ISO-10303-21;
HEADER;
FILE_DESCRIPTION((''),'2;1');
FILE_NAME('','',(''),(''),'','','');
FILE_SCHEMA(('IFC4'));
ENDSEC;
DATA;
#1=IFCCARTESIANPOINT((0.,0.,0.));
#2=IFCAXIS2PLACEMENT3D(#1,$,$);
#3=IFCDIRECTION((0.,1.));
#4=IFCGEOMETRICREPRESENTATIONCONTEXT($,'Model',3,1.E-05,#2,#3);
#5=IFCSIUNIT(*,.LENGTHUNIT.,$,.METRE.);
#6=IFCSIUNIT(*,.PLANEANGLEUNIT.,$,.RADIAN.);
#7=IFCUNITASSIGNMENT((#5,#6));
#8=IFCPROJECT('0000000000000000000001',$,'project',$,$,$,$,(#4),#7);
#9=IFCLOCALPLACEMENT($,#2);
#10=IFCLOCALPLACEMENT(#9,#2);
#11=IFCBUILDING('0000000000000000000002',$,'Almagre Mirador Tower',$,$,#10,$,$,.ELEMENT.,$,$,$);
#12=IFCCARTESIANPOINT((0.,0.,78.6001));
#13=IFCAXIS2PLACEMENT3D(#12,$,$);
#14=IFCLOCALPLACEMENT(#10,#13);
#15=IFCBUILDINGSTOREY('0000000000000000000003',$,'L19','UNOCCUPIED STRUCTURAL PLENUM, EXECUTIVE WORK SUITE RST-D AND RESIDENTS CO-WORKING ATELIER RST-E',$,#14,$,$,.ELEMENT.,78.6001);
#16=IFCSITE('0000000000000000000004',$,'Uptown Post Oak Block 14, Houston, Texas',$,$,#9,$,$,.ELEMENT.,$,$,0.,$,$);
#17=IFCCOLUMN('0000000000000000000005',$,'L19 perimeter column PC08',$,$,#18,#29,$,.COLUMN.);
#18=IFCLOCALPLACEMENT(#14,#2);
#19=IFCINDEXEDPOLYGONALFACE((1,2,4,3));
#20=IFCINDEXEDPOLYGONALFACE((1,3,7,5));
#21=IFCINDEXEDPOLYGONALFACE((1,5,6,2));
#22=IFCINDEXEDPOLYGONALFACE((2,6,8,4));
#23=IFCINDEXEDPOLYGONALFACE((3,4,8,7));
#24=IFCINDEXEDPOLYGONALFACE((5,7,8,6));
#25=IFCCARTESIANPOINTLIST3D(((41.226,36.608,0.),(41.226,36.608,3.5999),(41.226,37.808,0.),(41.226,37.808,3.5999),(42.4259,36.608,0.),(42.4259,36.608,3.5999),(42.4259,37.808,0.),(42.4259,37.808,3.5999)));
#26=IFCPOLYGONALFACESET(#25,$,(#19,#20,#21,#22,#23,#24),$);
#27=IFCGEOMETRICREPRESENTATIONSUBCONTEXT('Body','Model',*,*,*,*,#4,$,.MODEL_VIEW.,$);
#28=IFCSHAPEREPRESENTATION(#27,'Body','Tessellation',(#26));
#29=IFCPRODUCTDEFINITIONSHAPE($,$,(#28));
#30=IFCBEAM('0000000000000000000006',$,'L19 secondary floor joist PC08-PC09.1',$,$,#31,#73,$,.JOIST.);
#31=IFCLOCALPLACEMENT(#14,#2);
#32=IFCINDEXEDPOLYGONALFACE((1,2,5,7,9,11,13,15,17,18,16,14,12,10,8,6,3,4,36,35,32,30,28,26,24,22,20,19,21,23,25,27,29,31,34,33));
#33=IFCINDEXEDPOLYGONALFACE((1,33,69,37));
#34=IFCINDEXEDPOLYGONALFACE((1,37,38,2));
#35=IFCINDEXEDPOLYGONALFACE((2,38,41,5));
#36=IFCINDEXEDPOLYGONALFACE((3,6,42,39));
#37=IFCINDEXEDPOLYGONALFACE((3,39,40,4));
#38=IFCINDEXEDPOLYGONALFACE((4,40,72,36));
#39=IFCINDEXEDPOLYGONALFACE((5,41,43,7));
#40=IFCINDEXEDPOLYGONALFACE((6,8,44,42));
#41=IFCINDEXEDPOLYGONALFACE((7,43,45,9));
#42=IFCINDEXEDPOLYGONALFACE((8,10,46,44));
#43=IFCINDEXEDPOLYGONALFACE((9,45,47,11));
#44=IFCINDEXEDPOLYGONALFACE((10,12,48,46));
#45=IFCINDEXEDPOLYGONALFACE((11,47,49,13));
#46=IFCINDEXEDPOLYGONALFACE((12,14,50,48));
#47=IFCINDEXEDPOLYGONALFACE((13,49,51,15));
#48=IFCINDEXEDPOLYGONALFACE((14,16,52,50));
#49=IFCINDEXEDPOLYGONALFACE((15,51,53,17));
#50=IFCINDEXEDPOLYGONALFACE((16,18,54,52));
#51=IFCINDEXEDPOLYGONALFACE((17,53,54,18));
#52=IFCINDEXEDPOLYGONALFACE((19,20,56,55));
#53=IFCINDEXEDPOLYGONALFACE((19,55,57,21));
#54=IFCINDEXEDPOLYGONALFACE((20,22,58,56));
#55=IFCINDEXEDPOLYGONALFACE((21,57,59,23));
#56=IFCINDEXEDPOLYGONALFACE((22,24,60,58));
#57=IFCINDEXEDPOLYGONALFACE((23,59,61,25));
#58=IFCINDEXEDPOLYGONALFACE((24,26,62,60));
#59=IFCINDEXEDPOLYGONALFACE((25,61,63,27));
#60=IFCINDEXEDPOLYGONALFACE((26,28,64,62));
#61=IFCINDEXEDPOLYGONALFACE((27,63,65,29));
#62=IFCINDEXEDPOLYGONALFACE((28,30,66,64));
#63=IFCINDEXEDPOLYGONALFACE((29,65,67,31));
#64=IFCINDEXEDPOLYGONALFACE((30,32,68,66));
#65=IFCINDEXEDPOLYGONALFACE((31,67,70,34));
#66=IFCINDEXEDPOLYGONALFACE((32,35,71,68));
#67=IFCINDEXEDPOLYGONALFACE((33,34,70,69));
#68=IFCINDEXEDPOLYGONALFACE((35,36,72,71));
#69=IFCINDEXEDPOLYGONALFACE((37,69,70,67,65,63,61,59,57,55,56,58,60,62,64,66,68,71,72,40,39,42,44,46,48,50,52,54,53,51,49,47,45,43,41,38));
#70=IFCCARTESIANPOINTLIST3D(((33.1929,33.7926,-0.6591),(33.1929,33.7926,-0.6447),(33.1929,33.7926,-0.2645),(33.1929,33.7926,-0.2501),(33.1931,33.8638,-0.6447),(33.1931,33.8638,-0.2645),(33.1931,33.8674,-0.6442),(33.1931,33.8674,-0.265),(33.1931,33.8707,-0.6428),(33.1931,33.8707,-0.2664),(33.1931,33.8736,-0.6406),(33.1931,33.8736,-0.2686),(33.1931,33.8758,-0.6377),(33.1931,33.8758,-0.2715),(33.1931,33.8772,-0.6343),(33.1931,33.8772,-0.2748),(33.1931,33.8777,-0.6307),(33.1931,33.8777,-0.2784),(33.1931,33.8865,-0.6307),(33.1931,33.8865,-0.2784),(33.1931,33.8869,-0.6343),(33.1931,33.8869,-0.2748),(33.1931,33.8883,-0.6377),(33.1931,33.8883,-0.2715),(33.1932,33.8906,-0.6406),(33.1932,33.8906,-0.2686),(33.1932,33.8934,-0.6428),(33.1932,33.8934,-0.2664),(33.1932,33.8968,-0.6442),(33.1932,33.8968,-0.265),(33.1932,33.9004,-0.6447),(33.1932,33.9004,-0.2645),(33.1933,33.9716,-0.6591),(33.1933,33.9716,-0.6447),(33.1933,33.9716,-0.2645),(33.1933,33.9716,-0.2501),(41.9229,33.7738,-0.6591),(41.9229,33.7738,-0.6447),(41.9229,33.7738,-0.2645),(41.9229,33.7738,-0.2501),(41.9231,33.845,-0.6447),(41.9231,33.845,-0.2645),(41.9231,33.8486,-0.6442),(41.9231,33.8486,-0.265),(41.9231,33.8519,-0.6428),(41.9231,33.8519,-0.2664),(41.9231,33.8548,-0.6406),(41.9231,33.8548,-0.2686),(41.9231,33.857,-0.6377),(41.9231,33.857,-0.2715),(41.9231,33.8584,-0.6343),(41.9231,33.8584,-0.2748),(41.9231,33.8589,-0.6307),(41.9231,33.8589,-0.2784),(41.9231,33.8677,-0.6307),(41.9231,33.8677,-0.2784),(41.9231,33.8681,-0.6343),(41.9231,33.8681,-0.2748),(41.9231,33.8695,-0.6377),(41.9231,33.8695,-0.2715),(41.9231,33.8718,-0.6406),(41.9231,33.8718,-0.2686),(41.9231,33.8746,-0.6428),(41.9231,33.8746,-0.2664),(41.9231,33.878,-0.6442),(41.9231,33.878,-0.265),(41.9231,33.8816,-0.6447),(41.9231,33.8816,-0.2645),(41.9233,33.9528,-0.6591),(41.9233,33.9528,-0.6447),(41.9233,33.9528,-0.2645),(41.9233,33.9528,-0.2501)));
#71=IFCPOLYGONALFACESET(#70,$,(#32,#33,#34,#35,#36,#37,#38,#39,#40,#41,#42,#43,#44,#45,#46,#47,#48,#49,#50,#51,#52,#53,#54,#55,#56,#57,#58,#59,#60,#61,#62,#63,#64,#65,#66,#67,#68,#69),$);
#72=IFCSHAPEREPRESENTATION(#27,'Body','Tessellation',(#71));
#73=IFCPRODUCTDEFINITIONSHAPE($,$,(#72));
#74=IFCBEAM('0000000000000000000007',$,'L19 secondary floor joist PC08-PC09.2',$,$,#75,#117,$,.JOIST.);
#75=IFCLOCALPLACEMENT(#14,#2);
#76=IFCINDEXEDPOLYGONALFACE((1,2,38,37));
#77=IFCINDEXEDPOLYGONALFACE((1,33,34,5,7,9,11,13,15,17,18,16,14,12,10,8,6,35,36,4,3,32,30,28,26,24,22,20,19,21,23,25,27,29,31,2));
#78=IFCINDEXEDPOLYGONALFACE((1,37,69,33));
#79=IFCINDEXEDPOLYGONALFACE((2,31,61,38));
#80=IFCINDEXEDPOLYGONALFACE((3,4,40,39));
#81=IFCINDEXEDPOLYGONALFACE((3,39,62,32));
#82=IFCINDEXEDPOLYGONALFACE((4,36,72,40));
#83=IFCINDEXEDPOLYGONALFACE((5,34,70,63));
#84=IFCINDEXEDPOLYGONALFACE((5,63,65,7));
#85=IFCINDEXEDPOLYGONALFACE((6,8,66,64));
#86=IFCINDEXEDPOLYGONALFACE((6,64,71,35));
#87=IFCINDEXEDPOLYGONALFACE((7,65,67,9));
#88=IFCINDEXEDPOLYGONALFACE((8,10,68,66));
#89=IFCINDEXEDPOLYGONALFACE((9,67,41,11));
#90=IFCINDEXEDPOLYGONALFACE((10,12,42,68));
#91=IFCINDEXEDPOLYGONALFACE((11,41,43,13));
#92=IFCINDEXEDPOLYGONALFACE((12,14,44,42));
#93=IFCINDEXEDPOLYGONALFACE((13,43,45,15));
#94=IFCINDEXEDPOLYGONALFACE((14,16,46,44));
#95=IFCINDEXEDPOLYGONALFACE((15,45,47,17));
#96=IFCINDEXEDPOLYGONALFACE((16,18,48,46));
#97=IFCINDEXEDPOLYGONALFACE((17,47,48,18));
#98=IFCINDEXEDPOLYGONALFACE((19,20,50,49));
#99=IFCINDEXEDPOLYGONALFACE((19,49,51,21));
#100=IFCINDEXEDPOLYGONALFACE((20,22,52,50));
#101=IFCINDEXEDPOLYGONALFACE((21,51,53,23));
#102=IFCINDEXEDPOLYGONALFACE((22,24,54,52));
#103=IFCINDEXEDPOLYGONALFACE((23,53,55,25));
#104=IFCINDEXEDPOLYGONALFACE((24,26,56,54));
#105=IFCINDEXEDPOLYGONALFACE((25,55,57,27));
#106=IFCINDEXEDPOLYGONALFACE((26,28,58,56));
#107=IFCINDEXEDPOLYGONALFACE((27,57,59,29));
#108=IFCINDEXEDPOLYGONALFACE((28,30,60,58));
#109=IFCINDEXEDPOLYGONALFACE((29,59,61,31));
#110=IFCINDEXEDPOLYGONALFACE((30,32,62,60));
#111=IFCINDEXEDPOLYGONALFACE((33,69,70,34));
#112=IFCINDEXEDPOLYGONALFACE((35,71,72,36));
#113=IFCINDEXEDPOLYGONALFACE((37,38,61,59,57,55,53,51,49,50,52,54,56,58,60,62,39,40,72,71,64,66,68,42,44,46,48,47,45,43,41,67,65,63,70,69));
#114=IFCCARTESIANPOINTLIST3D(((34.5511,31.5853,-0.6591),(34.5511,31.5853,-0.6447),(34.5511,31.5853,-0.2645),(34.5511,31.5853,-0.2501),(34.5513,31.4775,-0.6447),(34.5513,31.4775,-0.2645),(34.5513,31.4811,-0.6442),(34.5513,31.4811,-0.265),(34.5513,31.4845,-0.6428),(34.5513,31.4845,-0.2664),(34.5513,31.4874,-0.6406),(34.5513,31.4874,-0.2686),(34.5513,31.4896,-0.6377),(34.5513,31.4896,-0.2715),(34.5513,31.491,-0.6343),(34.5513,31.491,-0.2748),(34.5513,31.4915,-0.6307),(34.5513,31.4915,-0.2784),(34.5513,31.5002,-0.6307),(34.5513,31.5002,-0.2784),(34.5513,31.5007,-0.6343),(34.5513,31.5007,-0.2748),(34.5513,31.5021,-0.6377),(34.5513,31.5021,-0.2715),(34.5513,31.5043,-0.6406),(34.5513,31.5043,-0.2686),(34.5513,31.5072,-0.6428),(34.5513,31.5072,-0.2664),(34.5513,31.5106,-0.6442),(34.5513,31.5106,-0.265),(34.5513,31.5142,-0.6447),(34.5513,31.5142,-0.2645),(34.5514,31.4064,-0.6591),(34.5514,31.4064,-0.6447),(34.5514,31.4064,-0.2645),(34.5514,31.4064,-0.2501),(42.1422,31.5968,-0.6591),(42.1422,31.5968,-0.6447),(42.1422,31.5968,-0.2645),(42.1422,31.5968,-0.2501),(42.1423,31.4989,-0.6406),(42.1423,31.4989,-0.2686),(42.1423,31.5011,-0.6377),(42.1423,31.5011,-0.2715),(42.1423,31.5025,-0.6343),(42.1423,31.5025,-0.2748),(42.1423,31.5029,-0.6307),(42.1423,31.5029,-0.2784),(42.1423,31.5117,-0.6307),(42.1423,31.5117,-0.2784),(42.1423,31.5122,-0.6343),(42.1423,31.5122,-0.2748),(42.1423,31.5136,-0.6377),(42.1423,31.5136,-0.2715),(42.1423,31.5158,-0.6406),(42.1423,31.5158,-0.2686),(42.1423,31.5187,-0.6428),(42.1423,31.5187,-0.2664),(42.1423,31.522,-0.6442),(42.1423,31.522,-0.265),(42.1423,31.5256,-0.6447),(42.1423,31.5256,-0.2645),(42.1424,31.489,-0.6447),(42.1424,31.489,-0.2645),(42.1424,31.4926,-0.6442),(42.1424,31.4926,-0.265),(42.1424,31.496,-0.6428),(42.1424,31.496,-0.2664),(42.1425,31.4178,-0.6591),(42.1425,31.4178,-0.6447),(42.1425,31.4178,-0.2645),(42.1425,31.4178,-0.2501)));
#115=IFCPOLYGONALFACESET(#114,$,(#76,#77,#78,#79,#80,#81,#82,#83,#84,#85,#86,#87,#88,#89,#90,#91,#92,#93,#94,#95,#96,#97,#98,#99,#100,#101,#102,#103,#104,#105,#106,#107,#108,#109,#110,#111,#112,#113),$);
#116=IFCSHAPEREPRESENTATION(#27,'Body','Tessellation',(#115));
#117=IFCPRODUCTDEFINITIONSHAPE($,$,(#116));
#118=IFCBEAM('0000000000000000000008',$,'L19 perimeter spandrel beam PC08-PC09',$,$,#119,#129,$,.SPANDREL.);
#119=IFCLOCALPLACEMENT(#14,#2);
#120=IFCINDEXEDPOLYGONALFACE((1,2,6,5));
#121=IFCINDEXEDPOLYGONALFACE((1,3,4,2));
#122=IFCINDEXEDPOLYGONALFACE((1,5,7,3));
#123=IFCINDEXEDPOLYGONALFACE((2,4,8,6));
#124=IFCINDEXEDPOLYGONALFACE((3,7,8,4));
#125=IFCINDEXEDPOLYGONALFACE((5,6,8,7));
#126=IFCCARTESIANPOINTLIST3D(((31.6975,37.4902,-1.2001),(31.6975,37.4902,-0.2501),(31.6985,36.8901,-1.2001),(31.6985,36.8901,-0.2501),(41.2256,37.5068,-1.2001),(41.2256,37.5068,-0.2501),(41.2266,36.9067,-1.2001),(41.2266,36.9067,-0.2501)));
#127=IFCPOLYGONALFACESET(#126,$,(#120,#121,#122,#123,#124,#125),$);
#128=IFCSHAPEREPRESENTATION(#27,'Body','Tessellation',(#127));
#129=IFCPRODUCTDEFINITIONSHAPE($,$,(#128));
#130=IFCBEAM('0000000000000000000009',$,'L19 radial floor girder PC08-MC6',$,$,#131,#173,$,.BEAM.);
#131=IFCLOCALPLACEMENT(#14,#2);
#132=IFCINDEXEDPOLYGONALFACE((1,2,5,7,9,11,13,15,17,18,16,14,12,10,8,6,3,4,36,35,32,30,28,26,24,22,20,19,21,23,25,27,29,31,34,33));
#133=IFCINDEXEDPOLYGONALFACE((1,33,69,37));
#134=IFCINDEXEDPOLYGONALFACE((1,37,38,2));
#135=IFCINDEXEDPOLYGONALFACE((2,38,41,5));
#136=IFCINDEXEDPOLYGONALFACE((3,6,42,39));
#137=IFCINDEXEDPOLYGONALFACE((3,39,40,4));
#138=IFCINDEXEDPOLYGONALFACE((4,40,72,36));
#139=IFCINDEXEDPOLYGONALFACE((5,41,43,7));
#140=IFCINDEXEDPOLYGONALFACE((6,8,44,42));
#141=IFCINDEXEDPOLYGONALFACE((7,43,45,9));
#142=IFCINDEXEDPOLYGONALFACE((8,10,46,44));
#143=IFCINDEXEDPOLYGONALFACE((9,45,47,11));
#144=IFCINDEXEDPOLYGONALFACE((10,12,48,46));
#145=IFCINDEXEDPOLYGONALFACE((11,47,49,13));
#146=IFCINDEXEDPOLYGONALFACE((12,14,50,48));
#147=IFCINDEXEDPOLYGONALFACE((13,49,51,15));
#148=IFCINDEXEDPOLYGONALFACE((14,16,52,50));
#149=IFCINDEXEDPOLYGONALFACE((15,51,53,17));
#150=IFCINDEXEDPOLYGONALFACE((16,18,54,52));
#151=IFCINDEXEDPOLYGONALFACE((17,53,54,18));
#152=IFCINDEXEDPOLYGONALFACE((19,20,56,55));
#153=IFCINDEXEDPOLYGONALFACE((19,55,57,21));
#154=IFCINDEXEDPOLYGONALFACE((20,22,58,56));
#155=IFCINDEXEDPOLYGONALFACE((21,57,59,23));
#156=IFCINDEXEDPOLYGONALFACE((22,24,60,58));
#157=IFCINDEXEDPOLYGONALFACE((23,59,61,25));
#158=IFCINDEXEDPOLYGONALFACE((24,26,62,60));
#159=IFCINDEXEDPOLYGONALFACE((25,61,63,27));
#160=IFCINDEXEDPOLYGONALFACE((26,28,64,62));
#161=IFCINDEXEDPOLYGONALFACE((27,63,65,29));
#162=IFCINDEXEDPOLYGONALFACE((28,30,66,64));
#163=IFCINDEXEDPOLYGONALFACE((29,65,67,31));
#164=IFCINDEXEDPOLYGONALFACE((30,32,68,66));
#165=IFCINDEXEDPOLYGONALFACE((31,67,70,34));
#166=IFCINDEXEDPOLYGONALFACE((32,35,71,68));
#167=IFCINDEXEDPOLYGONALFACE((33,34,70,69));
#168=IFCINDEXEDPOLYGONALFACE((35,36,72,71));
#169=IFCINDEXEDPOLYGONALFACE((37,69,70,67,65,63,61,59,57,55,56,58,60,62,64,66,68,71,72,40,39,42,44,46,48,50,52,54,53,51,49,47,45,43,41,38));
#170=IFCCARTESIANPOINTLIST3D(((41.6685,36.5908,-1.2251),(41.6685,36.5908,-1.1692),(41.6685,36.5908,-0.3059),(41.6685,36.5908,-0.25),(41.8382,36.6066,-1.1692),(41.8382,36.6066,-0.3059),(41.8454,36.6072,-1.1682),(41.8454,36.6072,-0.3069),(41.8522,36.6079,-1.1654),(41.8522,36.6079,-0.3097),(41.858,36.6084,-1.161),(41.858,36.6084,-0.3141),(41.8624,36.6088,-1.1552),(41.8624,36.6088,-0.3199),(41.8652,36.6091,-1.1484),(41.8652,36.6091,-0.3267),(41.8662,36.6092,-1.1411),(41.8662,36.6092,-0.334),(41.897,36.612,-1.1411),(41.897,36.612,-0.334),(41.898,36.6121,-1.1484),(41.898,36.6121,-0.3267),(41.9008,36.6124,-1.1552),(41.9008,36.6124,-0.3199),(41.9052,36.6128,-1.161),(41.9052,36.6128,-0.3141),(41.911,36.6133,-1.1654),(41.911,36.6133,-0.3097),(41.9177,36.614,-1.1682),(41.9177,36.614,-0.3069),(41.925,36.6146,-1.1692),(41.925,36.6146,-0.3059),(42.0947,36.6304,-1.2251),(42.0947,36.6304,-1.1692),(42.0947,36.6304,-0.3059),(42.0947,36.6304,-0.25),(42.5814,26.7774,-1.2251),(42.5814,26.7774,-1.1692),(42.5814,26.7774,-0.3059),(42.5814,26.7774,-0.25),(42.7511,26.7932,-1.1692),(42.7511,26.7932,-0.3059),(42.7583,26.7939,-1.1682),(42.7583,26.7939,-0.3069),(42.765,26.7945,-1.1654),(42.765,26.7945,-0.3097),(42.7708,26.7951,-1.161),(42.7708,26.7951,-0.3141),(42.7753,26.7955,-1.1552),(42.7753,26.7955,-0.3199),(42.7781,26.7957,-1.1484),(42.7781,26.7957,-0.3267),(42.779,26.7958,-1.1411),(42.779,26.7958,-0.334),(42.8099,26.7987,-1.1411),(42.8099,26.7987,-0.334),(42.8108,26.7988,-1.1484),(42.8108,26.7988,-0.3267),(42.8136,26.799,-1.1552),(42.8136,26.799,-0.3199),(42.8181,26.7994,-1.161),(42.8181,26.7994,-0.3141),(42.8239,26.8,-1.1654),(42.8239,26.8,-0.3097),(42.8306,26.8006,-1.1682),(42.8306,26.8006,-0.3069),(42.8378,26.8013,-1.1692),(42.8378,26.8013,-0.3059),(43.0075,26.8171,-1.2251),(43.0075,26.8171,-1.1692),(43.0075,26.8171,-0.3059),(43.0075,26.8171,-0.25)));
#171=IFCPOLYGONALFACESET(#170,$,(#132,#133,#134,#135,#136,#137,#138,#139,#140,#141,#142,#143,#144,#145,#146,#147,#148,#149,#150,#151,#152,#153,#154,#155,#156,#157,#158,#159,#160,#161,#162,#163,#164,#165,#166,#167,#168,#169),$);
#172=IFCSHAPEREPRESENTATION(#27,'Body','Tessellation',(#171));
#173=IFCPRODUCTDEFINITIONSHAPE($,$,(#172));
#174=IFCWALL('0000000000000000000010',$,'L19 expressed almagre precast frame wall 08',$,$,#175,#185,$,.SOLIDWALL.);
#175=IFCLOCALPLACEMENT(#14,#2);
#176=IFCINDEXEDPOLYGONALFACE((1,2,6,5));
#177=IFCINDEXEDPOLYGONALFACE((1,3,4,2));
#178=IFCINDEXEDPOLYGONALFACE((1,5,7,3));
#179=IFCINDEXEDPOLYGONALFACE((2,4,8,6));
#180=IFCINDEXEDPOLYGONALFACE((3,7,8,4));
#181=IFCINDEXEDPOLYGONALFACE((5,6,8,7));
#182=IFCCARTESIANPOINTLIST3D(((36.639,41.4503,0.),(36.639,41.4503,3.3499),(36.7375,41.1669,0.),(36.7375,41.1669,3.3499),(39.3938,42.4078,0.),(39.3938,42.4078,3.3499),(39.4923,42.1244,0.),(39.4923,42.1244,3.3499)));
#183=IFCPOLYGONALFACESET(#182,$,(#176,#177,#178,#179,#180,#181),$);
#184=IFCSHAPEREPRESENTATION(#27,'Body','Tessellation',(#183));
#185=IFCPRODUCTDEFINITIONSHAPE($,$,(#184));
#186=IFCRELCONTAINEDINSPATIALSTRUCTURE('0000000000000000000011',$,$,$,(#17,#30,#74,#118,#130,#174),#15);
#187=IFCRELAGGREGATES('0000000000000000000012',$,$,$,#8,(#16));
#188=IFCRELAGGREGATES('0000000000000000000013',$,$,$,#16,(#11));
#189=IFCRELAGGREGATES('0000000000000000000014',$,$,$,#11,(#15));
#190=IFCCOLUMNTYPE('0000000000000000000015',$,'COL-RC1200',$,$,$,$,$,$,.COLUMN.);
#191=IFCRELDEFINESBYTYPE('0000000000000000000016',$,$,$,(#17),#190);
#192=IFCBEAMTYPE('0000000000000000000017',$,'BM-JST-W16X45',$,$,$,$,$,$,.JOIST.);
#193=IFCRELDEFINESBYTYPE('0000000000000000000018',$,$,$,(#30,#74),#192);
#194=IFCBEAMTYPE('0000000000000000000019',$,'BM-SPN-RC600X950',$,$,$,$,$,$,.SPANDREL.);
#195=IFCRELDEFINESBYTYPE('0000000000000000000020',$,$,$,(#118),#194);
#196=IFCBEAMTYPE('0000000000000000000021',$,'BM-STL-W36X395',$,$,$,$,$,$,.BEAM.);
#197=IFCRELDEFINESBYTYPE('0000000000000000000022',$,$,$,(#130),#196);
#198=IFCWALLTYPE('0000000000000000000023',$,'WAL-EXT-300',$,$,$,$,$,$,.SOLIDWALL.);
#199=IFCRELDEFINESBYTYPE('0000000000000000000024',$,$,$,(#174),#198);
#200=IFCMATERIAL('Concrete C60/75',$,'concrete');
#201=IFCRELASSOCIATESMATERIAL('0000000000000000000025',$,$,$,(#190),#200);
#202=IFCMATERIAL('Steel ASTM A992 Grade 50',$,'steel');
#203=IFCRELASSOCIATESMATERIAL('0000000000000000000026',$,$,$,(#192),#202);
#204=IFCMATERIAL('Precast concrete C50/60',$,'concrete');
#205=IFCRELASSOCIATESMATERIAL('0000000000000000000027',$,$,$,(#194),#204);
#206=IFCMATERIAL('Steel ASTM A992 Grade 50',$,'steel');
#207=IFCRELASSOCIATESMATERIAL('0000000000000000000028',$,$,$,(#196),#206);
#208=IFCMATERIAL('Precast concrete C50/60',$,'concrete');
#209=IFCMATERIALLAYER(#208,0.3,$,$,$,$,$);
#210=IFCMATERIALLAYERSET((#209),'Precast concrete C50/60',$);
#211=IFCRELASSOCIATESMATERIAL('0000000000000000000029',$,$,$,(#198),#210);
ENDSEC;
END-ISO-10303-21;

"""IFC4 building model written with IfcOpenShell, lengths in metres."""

from ifc_helpers import new_model, si_unit, direction, frame, frame_2d, origin, origin_2d, place, context, subcontext, project, spatial, rectangle, i_section, extrude, material, layer, layer_set, material_profile, profile_set, type_object, element, save


model = new_model("IFC4")

# Units and contexts
model_context = context("Model", 3, precision=1e-05, world=origin(), true_north=direction((0.0, 1.0)))
body_context = subcontext(model_context, "Body", "Model", "MODEL_VIEW")
ifc_project = project(units=[si_unit("LENGTHUNIT", "METRE"), si_unit("PLANEANGLEUNIT", "RADIAN")], contexts=[model_context])

# Site, building, storey
site_placement = place(None, origin())
site = spatial("IfcSite", under=ifc_project, at=site_placement, Name="Uptown Post Oak Block 14, Houston, Texas", CompositionType="ELEMENT", RefElevation=0.0)
building_placement = place(site_placement, origin())
building = spatial("IfcBuilding", under=site, at=building_placement, Name="Almagre Mirador Tower", CompositionType="ELEMENT")
storey_placement = place(building_placement, frame((0.0, 0.0, 78.6001)))
storey = spatial("IfcBuildingStorey", under=building, at=storey_placement, Name="L19", Description="UNOCCUPIED STRUCTURAL PLENUM, EXECUTIVE WORK SUITE RST-D AND RESIDENTS CO-WORKING ATELIER RST-E", CompositionType="ELEMENT", Elevation=78.6001)

# Column
ifc_material_1 = material(Name="Concrete C60/75", Category="concrete")
ifc_material_profile_1 = material_profile(ifc_material_1, rectangle(XDim=1.2, YDim=1.2, at=origin_2d()), Name="RC1200X1200")
ifc_profile_set_1 = profile_set([ifc_material_profile_1], Name="Concrete C60/75")
column_type = type_object("IfcColumnType", Name="COL-RC1200", PredefinedType="COLUMN", material=ifc_profile_set_1)
column_placement = place(storey_placement, frame((41.8259, 37.208, 0.0), z_axis=(0.0, 0.0, 1.0), x_axis=(1.0, 0.0, 0.0)))
element("IfcColumn", 1, at=column_placement, inside=storey, type_object=column_type, Name="L19 perimeter column PC08", PredefinedType="COLUMN", context=body_context, shape_type="SweptSolid", body=[
    extrude(rectangle(XDim=1.2, YDim=1.2, at=origin_2d()), origin(), (0.0, 0.0, 1.0), 3.5999),
])

# Beams
ifc_material_2 = material(Name="Steel ASTM A992 Grade 50", Category="steel")
ifc_material_profile_2 = material_profile(ifc_material_2, i_section(OverallWidth=0.179, OverallDepth=0.4089, WebThickness=0.0088, FlangeThickness=0.0144, FilletRadius=0.0139, at=origin_2d()), Name="W16X45")
ifc_profile_set_2 = profile_set([ifc_material_profile_2], Name="Steel ASTM A992 Grade 50")
beam_type_1 = type_object("IfcBeamType", Name="BM-JST-W16X45", PredefinedType="JOIST", material=ifc_profile_set_2)
beam_1_placement = place(storey_placement, frame((41.9231, 33.8633, -0.4546), z_axis=(-0.999998, 0.002153, 0.0), x_axis=(-0.002153, -0.999998, 0.0)))
element("IfcBeam", 2, at=beam_1_placement, inside=storey, type_object=beam_type_1, Name="L19 secondary floor joist PC08-PC09.1", PredefinedType="JOIST", context=body_context, shape_type="SweptSolid", body=[
    extrude(i_section(OverallWidth=0.179, OverallDepth=0.4089, WebThickness=0.0088, FlangeThickness=0.0144, FilletRadius=0.0139, at=origin_2d()), origin(), (0.0, 0.0, 1.0), 8.73),
])
beam_2_placement = place(storey_placement, frame((42.1423, 31.5073, -0.4546), z_axis=(-0.999999, -0.001512, 0.0), x_axis=(0.001512, -0.999999, 0.0)))
element("IfcBeam", 3, at=beam_2_placement, inside=storey, type_object=beam_type_1, Name="L19 secondary floor joist PC08-PC09.2", PredefinedType="JOIST", context=body_context, shape_type="SweptSolid", body=[
    extrude(i_section(OverallWidth=0.179, OverallDepth=0.4089, WebThickness=0.0088, FlangeThickness=0.0144, FilletRadius=0.0139, at=origin_2d()), origin(), (0.0, 0.0, 1.0), 7.5911),
])
ifc_material_3 = material(Name="Precast concrete C50/60", Category="concrete")
ifc_material_profile_3 = material_profile(ifc_material_3, rectangle(XDim=0.6001, YDim=0.95, at=origin_2d()), Name="RC600X950")
ifc_profile_set_3 = profile_set([ifc_material_profile_3], Name="Precast concrete C50/60")
beam_type_2 = type_object("IfcBeamType", Name="BM-SPN-RC600X950", PredefinedType="SPANDREL", material=ifc_profile_set_3)
beam_3_placement = place(storey_placement, frame((41.2261, 37.2068, -0.7251), z_axis=(-0.999998, -0.001742, 0.0), x_axis=(0.001742, -0.999998, 0.0)))
element("IfcBeam", 4, at=beam_3_placement, inside=storey, type_object=beam_type_2, Name="L19 perimeter spandrel beam PC08-PC09", PredefinedType="SPANDREL", context=body_context, shape_type="SweptSolid", body=[
    extrude(rectangle(XDim=0.6001, YDim=0.95, at=origin_2d()), origin(), (0.0, 0.0, 1.0), 9.5281),
])
ifc_material_4 = material(Name="Steel ASTM A992 Grade 50", Category="steel")
ifc_material_profile_4 = material_profile(ifc_material_4, i_section(OverallWidth=0.428, OverallDepth=0.9751, WebThickness=0.031, FlangeThickness=0.0559, FilletRadius=0.0281, at=origin_2d()), Name="W36X395")
ifc_profile_set_4 = profile_set([ifc_material_profile_4], Name="Steel ASTM A992 Grade 50")
beam_type_3 = type_object("IfcBeamType", Name="BM-STL-W36X395", PredefinedType="BEAM", material=ifc_profile_set_4)
beam_4_placement = place(storey_placement, frame((41.8816, 36.6106, -0.7375), z_axis=(0.092622, -0.995701, 0.0), x_axis=(0.995701, 0.092622, 0.0)))
element("IfcBeam", 5, at=beam_4_placement, inside=storey, type_object=beam_type_3, Name="L19 radial floor girder PC08-MC6", PredefinedType="BEAM", context=body_context, shape_type="SweptSolid", body=[
    extrude(i_section(OverallWidth=0.428, OverallDepth=0.9751, WebThickness=0.031, FlangeThickness=0.0559, FilletRadius=0.0281, at=origin_2d()), origin(), (0.0, 0.0, 1.0), 9.8557),
])

# Wall
ifc_material_5 = material(Name="Precast concrete C50/60", Category="concrete")
ifc_layer_1 = layer(ifc_material_5, 0.3)
ifc_layer_set_1 = layer_set([ifc_layer_1], Name="Precast concrete C50/60")
wall_type_1 = type_object("IfcWallType", Name="WAL-EXT-300", PredefinedType="SOLIDWALL", material=ifc_layer_set_1)
wall_1_placement = place(storey_placement, frame((36.6882, 41.3086, 0.0), z_axis=(0.0, 0.0, 1.0), x_axis=(0.944571, 0.328306, 0.0)))
element("IfcWall", 6, at=wall_1_placement, inside=storey, type_object=wall_type_1, Name="L19 expressed almagre precast frame wall 08", PredefinedType="SOLIDWALL", context=body_context, shape_type="SweptSolid", body=[
    extrude(rectangle(XDim=2.9165, YDim=0.3, at=frame_2d((1.4583, 0.0))), origin(), (0.0, 0.0, 1.0), 3.3499),
])

save(model, "model.ifc")
